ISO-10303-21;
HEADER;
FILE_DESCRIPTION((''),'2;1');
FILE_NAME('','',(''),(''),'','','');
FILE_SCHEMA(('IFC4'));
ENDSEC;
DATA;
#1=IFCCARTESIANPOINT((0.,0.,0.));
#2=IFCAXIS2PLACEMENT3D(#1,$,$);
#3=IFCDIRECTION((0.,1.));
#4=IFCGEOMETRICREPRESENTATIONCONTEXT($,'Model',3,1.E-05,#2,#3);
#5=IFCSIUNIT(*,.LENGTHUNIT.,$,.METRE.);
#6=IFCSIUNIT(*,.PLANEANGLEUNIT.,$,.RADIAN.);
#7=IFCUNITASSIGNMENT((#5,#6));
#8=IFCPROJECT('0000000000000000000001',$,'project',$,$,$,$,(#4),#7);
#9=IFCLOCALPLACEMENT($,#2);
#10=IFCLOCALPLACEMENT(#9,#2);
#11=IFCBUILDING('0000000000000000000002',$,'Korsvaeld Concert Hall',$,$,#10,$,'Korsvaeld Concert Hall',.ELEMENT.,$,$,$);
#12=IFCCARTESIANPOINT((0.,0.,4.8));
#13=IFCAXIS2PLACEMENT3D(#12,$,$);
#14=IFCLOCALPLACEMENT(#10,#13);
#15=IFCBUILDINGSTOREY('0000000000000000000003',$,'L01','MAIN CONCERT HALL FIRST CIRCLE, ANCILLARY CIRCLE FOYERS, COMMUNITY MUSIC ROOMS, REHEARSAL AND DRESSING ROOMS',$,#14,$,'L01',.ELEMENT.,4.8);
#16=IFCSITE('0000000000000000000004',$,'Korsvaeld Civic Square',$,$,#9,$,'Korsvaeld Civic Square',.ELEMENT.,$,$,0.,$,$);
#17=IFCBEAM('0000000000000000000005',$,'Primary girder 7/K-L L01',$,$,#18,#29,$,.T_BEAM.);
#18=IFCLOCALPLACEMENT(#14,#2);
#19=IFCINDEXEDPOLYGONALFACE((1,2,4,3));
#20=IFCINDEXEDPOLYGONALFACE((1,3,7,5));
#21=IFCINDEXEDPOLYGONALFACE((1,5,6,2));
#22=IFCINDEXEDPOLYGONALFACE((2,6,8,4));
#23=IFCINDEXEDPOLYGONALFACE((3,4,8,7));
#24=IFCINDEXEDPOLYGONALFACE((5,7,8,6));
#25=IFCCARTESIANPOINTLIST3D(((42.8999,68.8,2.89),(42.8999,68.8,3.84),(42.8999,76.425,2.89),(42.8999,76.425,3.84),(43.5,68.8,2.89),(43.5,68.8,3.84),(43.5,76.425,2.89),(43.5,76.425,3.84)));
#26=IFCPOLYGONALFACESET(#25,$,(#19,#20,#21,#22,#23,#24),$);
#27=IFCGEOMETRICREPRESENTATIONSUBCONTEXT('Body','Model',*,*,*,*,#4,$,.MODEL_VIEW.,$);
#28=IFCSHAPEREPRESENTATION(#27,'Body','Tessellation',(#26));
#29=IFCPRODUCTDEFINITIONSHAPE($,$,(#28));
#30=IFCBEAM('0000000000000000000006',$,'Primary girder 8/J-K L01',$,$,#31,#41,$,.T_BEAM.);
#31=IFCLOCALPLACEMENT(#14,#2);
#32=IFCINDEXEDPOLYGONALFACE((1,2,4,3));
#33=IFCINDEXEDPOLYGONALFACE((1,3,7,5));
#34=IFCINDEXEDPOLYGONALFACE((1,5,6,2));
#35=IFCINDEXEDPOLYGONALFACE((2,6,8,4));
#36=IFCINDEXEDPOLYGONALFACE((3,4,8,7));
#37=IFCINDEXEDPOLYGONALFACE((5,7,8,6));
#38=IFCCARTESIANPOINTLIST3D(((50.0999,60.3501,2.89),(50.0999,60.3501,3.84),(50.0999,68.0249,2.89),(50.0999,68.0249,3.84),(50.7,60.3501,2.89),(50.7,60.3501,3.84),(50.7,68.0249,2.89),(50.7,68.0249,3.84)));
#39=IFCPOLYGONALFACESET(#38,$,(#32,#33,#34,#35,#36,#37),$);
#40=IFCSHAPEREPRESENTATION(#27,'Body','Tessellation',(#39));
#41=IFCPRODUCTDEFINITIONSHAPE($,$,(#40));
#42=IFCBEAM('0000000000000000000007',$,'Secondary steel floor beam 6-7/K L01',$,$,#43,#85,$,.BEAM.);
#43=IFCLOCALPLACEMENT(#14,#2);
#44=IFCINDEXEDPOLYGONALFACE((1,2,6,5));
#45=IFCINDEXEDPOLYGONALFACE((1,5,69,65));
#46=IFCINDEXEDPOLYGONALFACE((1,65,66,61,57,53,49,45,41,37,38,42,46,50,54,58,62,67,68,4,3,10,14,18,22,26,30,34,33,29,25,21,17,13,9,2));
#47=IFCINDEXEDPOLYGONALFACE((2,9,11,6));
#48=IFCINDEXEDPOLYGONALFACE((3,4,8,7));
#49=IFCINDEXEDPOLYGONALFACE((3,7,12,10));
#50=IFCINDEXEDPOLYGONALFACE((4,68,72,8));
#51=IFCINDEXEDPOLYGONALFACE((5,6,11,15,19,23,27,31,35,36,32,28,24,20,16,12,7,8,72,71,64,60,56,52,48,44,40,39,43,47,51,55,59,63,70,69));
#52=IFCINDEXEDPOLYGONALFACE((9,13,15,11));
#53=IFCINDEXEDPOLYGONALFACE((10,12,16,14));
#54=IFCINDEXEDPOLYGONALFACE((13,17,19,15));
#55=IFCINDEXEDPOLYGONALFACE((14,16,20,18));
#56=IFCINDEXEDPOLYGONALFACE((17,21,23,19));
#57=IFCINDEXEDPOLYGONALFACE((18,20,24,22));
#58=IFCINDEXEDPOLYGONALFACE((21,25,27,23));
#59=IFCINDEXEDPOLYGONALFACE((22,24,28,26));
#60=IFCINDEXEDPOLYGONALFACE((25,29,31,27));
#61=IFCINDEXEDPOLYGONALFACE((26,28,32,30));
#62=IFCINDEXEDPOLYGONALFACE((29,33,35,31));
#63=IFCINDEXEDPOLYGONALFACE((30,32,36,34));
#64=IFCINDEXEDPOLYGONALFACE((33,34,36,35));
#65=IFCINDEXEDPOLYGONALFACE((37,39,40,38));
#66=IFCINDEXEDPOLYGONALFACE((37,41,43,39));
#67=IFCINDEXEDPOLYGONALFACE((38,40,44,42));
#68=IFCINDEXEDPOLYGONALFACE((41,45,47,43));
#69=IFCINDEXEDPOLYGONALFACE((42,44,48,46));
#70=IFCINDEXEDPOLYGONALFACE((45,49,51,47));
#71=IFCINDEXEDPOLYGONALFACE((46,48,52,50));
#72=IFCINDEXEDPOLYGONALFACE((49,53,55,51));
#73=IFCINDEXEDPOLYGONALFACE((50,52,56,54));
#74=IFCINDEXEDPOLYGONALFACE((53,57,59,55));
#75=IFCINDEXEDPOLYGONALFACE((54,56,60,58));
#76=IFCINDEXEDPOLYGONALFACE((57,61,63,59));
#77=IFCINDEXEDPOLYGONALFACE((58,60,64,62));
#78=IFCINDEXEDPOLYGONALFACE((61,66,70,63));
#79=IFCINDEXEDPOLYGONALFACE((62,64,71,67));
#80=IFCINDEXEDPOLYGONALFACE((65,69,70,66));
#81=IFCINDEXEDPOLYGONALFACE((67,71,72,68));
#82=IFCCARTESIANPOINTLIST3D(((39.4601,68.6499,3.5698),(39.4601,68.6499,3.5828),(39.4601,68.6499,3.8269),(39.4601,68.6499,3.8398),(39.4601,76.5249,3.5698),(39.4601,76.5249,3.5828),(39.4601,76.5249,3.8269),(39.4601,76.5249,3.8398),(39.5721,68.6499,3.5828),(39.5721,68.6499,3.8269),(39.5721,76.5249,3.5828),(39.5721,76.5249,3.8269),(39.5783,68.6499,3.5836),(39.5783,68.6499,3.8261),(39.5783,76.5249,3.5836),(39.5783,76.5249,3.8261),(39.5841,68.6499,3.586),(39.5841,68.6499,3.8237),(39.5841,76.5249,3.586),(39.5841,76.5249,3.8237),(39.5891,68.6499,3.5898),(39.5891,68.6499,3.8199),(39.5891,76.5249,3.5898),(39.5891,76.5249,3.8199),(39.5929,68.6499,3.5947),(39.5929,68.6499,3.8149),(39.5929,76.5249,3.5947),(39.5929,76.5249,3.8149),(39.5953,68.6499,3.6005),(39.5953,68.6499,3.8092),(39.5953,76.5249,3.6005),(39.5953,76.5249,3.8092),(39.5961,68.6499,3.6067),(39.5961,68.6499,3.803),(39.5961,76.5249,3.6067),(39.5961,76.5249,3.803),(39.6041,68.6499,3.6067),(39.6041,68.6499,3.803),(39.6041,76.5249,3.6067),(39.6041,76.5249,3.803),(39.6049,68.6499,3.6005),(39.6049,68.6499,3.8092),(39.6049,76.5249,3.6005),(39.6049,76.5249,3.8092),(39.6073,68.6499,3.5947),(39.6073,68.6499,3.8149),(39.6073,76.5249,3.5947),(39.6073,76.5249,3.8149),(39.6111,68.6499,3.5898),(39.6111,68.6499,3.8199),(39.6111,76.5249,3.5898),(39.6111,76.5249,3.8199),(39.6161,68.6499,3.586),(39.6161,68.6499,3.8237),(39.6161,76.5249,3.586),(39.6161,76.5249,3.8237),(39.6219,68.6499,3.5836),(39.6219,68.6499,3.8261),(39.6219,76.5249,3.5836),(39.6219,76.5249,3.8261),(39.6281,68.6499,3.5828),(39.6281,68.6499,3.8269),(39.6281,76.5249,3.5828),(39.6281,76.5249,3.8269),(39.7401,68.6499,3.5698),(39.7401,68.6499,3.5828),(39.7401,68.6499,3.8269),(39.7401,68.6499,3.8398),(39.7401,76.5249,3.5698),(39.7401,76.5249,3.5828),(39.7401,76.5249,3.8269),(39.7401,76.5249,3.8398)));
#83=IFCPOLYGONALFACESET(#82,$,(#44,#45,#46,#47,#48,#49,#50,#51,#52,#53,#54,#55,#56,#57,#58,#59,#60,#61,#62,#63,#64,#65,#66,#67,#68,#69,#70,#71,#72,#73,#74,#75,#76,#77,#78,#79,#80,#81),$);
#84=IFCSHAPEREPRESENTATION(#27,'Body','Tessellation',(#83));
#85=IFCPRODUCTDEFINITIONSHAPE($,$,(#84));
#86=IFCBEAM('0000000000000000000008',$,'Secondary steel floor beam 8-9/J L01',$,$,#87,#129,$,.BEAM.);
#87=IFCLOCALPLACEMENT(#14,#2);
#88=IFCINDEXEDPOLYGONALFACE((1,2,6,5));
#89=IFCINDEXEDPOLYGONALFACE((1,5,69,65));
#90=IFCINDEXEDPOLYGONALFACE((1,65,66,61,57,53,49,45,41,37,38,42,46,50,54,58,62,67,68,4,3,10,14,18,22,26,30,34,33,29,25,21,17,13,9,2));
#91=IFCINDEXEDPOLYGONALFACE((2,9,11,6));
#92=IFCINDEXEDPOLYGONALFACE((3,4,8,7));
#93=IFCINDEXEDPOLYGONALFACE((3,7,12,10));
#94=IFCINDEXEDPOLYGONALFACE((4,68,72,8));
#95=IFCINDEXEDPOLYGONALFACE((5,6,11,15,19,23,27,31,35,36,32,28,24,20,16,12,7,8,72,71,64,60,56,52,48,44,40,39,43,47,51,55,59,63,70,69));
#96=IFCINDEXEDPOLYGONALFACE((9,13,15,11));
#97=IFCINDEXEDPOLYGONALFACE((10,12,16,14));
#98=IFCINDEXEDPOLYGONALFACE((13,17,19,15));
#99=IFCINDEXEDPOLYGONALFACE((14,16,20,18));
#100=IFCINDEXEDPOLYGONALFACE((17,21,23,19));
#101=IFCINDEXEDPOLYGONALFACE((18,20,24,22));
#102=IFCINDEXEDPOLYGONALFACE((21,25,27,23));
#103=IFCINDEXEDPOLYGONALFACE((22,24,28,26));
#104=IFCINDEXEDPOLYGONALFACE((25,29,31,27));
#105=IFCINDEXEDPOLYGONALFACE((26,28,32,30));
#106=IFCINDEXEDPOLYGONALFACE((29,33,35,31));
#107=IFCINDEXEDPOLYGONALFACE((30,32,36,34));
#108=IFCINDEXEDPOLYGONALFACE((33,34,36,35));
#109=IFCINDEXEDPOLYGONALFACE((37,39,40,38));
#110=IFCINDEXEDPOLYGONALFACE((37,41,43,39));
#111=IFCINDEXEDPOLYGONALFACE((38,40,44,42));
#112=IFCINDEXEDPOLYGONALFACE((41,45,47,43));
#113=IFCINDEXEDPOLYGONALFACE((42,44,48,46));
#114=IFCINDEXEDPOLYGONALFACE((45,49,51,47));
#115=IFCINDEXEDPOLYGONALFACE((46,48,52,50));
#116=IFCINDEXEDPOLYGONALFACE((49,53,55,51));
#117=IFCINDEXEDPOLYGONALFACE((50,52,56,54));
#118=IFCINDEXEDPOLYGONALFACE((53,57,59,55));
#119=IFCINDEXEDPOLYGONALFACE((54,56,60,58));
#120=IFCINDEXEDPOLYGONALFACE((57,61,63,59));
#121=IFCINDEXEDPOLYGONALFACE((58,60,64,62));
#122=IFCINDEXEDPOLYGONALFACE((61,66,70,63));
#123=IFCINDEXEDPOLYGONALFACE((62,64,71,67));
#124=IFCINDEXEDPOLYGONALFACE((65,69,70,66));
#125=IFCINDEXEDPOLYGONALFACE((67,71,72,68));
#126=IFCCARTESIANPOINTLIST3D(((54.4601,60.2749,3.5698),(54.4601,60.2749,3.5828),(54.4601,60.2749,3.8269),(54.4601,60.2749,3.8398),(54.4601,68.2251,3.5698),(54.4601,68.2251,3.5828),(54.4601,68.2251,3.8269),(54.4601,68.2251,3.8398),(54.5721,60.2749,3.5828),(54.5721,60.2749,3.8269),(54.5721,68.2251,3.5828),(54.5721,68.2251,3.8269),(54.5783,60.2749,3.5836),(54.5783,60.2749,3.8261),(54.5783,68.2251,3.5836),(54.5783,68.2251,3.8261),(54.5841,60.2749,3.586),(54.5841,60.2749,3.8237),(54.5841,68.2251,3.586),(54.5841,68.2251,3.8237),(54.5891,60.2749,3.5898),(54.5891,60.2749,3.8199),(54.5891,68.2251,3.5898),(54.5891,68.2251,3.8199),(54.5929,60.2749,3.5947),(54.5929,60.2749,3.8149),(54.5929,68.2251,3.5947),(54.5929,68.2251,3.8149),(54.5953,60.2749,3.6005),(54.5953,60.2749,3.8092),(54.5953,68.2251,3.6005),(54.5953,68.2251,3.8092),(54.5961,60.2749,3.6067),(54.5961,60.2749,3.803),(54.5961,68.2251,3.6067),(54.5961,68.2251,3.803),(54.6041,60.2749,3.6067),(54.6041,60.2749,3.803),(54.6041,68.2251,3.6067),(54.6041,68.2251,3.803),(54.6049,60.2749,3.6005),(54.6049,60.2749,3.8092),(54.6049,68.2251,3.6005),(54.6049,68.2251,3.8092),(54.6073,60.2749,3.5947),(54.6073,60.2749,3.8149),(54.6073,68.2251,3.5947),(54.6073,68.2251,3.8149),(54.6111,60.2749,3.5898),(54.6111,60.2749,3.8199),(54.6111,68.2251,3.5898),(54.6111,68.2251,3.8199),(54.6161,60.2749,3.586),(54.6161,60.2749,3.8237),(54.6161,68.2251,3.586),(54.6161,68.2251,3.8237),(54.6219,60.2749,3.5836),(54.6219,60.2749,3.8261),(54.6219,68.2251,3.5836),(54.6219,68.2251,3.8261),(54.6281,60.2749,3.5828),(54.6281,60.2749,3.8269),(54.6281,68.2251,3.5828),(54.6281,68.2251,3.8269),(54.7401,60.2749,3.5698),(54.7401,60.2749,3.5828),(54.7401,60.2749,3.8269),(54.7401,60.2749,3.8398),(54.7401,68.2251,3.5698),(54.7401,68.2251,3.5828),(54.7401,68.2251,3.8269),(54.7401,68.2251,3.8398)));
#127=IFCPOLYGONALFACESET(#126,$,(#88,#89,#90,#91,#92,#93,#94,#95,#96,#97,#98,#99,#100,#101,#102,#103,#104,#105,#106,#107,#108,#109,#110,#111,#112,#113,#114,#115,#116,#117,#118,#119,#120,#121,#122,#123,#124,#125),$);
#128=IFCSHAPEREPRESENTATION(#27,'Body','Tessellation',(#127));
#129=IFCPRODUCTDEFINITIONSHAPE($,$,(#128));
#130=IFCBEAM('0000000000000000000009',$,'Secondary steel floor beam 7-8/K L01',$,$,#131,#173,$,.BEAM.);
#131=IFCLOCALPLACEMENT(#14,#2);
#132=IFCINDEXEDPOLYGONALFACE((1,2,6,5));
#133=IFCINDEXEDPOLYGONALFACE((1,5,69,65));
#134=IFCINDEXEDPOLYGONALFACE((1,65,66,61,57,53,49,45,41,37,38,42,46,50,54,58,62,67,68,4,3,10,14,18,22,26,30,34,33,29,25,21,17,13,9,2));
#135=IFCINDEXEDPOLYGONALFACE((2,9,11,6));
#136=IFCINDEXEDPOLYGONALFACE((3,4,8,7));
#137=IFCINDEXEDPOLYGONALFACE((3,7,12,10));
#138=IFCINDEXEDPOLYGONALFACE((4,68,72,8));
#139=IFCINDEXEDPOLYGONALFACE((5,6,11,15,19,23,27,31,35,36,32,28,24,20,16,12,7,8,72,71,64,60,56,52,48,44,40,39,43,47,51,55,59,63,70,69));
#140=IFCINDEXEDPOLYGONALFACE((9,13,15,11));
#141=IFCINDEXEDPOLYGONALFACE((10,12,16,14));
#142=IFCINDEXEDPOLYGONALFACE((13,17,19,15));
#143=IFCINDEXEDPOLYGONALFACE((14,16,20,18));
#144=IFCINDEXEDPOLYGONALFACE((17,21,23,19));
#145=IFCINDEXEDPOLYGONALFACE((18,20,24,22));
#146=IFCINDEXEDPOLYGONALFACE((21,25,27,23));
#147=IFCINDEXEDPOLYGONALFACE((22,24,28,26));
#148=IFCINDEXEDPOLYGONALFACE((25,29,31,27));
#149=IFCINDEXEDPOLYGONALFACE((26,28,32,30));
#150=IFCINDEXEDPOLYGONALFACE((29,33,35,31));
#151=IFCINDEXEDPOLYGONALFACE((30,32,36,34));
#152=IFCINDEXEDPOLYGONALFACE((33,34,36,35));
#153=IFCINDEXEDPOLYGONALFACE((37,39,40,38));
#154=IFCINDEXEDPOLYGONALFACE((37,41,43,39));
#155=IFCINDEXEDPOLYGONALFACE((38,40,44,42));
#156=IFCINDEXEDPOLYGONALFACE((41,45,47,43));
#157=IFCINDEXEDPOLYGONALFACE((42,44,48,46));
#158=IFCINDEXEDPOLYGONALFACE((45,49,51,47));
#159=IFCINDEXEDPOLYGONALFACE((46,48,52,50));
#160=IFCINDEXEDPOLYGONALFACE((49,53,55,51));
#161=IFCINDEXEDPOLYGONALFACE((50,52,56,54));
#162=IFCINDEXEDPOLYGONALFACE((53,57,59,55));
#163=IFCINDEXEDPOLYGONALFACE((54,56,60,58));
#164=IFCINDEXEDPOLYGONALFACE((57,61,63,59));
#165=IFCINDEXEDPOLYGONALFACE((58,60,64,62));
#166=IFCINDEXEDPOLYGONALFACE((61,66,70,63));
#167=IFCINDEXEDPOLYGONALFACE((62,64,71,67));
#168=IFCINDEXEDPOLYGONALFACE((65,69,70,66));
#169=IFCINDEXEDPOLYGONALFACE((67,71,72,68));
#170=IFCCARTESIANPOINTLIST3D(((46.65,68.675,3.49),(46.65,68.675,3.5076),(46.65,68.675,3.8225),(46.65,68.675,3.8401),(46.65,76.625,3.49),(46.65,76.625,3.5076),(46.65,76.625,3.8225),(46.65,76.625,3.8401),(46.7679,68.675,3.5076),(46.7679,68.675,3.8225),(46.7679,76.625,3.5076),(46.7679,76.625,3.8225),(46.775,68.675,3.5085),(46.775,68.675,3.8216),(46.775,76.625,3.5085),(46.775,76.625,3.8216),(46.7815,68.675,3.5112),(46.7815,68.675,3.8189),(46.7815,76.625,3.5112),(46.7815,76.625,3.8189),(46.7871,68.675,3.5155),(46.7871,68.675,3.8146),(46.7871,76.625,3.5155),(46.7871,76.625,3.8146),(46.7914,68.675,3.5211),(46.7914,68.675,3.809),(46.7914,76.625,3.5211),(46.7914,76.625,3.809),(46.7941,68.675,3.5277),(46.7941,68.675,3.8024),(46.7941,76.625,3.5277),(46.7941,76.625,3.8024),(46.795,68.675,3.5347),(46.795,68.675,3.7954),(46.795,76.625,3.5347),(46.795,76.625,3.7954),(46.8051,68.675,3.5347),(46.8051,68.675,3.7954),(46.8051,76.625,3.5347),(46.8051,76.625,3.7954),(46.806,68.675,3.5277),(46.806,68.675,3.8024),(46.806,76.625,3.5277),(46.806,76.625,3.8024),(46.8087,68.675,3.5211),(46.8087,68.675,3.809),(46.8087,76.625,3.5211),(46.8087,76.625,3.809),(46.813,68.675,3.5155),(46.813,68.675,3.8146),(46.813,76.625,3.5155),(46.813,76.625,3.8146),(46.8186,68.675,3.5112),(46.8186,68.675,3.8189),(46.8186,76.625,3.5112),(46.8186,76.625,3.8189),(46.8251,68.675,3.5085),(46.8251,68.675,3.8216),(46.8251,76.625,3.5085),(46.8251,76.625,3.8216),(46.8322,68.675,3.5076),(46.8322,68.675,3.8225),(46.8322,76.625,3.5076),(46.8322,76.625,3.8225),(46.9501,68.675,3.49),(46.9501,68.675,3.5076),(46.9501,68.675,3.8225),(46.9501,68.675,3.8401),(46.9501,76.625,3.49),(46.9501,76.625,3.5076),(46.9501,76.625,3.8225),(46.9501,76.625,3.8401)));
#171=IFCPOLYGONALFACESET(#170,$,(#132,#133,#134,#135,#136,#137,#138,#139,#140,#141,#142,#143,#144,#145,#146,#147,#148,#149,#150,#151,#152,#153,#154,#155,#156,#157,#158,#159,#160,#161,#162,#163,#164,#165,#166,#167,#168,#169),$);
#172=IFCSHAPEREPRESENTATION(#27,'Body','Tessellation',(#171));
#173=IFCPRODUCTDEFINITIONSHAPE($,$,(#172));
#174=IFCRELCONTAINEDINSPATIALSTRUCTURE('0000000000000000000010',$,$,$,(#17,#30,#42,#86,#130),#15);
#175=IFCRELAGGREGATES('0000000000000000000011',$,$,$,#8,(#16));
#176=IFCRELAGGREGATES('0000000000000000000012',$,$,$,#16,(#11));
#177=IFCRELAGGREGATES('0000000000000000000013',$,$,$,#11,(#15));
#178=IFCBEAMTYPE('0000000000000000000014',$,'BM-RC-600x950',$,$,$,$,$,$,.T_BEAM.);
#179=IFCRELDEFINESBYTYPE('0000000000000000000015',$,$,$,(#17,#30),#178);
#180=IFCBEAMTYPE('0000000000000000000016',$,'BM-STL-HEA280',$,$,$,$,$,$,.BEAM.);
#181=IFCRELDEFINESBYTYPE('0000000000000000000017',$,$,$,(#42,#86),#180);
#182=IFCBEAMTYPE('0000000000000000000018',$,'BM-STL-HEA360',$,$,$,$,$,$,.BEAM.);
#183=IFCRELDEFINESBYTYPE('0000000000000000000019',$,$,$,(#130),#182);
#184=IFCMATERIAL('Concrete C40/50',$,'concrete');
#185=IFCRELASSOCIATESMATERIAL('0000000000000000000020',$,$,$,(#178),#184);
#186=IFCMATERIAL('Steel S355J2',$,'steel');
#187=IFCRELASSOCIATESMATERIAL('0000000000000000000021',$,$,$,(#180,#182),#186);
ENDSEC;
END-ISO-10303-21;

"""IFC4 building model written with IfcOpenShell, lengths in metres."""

from ifc_helpers import new_model, si_unit, direction, frame, origin, origin_2d, place, context, subcontext, project, spatial, rectangle, i_section, extrude, material, material_profile, profile_set, type_object, element, save


model = new_model("IFC4")

# Units and contexts
model_context = context("Model", 3, precision=1e-05, world=origin(), true_north=direction((0.0, 1.0)))
body_context = subcontext(model_context, "Body", "Model", "MODEL_VIEW")
ifc_project = project(units=[si_unit("LENGTHUNIT", "METRE"), si_unit("PLANEANGLEUNIT", "RADIAN")], contexts=[model_context])

# Site, building, storey
site_placement = place(None, origin())
site = spatial("IfcSite", under=ifc_project, at=site_placement, Name="Korsvaeld Civic Square", LongName="Korsvaeld Civic Square", CompositionType="ELEMENT", RefElevation=0.0)
building_placement = place(site_placement, origin())
building = spatial("IfcBuilding", under=site, at=building_placement, Name="Korsvaeld Concert Hall", LongName="Korsvaeld Concert Hall", CompositionType="ELEMENT")
storey_placement = place(building_placement, frame((0.0, 0.0, 4.8)))
storey = spatial("IfcBuildingStorey", under=building, at=storey_placement, Name="L01", Description="MAIN CONCERT HALL FIRST CIRCLE, ANCILLARY CIRCLE FOYERS, COMMUNITY MUSIC ROOMS, REHEARSAL AND DRESSING ROOMS", LongName="L01", CompositionType="ELEMENT", Elevation=4.8)

# Shared definitions
ifc_material_1 = material(Name="Concrete C40/50", Category="concrete")

# Beams
ifc_material_profile_1 = material_profile(ifc_material_1, rectangle(XDim=0.6001, YDim=0.95, at=origin_2d()), Name="RC 600x950")
ifc_profile_set_1 = profile_set([ifc_material_profile_1], Name="Concrete C40/50")
beam_type_1 = type_object("IfcBeamType", Name="BM-RC-600x950", PredefinedType="T_BEAM", material=ifc_profile_set_1)
beam_1_placement = place(storey_placement, frame((43.2, 68.8, 3.365), z_axis=(0.0, 1.0, 0.0), x_axis=(-1.0, 0.0, 0.0)))
element("IfcBeam", 1, at=beam_1_placement, inside=storey, type_object=beam_type_1, Name="Primary girder 7/K-L L01", PredefinedType="T_BEAM", context=body_context, shape_type="SweptSolid", body=[
    extrude(rectangle(XDim=0.6001, YDim=0.95, at=origin_2d()), origin(), (0.0, 0.0, 1.0), 7.625),
])
beam_2_placement = place(storey_placement, frame((50.3999, 60.3501, 3.365), z_axis=(0.0, 1.0, 0.0), x_axis=(-1.0, 0.0, 0.0)))
element("IfcBeam", 2, at=beam_2_placement, inside=storey, type_object=beam_type_1, Name="Primary girder 8/J-K L01", PredefinedType="T_BEAM", context=body_context, shape_type="SweptSolid", body=[
    extrude(rectangle(XDim=0.6001, YDim=0.95, at=origin_2d()), origin(), (0.0, 0.0, 1.0), 7.6748),
])
ifc_material_2 = material(Name="Steel S355J2", Category="steel")
ifc_material_profile_2 = material_profile(ifc_material_2, i_section(OverallWidth=0.28, OverallDepth=0.27, WebThickness=0.0081, FlangeThickness=0.0129, FilletRadius=0.0239, at=origin_2d()), Name="HEA 280")
ifc_profile_set_2 = profile_set([ifc_material_profile_2], Name="Steel S355J2")
beam_type_2 = type_object("IfcBeamType", Name="BM-STL-HEA280", PredefinedType="BEAM", material=ifc_profile_set_2)
beam_3_placement = place(storey_placement, frame((39.6001, 68.6499, 3.7048), z_axis=(0.0, 1.0, 0.0), x_axis=(-1.0, 0.0, 0.0)))
element("IfcBeam", 3, at=beam_3_placement, inside=storey, type_object=beam_type_2, Name="Secondary steel floor beam 6-7/K L01", PredefinedType="BEAM", context=body_context, shape_type="SweptSolid", body=[
    extrude(i_section(OverallWidth=0.28, OverallDepth=0.27, WebThickness=0.0081, FlangeThickness=0.0129, FilletRadius=0.0239, at=origin_2d()), origin(), (0.0, 0.0, 1.0), 7.875),
])
beam_4_placement = place(storey_placement, frame((54.6001, 60.2749, 3.7048), z_axis=(0.0, 1.0, 0.0), x_axis=(-1.0, 0.0, 0.0)))
element("IfcBeam", 4, at=beam_4_placement, inside=storey, type_object=beam_type_2, Name="Secondary steel floor beam 8-9/J L01", PredefinedType="BEAM", context=body_context, shape_type="SweptSolid", body=[
    extrude(i_section(OverallWidth=0.28, OverallDepth=0.27, WebThickness=0.0081, FlangeThickness=0.0129, FilletRadius=0.0239, at=origin_2d()), origin(), (0.0, 0.0, 1.0), 7.9502),
])
ifc_material_profile_3 = material_profile(ifc_material_2, i_section(OverallWidth=0.3, OverallDepth=0.3501, WebThickness=0.01, FlangeThickness=0.0176, FilletRadius=0.0271, at=origin_2d()), Name="HEA 360")
ifc_profile_set_3 = profile_set([ifc_material_profile_3], Name="Steel S355J2")
beam_type_3 = type_object("IfcBeamType", Name="BM-STL-HEA360", PredefinedType="BEAM", material=ifc_profile_set_3)
beam_5_placement = place(storey_placement, frame((46.8, 68.675, 3.665), z_axis=(0.0, 1.0, 0.0), x_axis=(-1.0, 0.0, 0.0)))
element("IfcBeam", 5, at=beam_5_placement, inside=storey, type_object=beam_type_3, Name="Secondary steel floor beam 7-8/K L01", PredefinedType="BEAM", context=body_context, shape_type="SweptSolid", body=[
    extrude(i_section(OverallWidth=0.3, OverallDepth=0.3501, WebThickness=0.01, FlangeThickness=0.0176, FilletRadius=0.0271, at=origin_2d()), origin(), (0.0, 0.0, 1.0), 7.95),
])

save(model, "model.ifc")
